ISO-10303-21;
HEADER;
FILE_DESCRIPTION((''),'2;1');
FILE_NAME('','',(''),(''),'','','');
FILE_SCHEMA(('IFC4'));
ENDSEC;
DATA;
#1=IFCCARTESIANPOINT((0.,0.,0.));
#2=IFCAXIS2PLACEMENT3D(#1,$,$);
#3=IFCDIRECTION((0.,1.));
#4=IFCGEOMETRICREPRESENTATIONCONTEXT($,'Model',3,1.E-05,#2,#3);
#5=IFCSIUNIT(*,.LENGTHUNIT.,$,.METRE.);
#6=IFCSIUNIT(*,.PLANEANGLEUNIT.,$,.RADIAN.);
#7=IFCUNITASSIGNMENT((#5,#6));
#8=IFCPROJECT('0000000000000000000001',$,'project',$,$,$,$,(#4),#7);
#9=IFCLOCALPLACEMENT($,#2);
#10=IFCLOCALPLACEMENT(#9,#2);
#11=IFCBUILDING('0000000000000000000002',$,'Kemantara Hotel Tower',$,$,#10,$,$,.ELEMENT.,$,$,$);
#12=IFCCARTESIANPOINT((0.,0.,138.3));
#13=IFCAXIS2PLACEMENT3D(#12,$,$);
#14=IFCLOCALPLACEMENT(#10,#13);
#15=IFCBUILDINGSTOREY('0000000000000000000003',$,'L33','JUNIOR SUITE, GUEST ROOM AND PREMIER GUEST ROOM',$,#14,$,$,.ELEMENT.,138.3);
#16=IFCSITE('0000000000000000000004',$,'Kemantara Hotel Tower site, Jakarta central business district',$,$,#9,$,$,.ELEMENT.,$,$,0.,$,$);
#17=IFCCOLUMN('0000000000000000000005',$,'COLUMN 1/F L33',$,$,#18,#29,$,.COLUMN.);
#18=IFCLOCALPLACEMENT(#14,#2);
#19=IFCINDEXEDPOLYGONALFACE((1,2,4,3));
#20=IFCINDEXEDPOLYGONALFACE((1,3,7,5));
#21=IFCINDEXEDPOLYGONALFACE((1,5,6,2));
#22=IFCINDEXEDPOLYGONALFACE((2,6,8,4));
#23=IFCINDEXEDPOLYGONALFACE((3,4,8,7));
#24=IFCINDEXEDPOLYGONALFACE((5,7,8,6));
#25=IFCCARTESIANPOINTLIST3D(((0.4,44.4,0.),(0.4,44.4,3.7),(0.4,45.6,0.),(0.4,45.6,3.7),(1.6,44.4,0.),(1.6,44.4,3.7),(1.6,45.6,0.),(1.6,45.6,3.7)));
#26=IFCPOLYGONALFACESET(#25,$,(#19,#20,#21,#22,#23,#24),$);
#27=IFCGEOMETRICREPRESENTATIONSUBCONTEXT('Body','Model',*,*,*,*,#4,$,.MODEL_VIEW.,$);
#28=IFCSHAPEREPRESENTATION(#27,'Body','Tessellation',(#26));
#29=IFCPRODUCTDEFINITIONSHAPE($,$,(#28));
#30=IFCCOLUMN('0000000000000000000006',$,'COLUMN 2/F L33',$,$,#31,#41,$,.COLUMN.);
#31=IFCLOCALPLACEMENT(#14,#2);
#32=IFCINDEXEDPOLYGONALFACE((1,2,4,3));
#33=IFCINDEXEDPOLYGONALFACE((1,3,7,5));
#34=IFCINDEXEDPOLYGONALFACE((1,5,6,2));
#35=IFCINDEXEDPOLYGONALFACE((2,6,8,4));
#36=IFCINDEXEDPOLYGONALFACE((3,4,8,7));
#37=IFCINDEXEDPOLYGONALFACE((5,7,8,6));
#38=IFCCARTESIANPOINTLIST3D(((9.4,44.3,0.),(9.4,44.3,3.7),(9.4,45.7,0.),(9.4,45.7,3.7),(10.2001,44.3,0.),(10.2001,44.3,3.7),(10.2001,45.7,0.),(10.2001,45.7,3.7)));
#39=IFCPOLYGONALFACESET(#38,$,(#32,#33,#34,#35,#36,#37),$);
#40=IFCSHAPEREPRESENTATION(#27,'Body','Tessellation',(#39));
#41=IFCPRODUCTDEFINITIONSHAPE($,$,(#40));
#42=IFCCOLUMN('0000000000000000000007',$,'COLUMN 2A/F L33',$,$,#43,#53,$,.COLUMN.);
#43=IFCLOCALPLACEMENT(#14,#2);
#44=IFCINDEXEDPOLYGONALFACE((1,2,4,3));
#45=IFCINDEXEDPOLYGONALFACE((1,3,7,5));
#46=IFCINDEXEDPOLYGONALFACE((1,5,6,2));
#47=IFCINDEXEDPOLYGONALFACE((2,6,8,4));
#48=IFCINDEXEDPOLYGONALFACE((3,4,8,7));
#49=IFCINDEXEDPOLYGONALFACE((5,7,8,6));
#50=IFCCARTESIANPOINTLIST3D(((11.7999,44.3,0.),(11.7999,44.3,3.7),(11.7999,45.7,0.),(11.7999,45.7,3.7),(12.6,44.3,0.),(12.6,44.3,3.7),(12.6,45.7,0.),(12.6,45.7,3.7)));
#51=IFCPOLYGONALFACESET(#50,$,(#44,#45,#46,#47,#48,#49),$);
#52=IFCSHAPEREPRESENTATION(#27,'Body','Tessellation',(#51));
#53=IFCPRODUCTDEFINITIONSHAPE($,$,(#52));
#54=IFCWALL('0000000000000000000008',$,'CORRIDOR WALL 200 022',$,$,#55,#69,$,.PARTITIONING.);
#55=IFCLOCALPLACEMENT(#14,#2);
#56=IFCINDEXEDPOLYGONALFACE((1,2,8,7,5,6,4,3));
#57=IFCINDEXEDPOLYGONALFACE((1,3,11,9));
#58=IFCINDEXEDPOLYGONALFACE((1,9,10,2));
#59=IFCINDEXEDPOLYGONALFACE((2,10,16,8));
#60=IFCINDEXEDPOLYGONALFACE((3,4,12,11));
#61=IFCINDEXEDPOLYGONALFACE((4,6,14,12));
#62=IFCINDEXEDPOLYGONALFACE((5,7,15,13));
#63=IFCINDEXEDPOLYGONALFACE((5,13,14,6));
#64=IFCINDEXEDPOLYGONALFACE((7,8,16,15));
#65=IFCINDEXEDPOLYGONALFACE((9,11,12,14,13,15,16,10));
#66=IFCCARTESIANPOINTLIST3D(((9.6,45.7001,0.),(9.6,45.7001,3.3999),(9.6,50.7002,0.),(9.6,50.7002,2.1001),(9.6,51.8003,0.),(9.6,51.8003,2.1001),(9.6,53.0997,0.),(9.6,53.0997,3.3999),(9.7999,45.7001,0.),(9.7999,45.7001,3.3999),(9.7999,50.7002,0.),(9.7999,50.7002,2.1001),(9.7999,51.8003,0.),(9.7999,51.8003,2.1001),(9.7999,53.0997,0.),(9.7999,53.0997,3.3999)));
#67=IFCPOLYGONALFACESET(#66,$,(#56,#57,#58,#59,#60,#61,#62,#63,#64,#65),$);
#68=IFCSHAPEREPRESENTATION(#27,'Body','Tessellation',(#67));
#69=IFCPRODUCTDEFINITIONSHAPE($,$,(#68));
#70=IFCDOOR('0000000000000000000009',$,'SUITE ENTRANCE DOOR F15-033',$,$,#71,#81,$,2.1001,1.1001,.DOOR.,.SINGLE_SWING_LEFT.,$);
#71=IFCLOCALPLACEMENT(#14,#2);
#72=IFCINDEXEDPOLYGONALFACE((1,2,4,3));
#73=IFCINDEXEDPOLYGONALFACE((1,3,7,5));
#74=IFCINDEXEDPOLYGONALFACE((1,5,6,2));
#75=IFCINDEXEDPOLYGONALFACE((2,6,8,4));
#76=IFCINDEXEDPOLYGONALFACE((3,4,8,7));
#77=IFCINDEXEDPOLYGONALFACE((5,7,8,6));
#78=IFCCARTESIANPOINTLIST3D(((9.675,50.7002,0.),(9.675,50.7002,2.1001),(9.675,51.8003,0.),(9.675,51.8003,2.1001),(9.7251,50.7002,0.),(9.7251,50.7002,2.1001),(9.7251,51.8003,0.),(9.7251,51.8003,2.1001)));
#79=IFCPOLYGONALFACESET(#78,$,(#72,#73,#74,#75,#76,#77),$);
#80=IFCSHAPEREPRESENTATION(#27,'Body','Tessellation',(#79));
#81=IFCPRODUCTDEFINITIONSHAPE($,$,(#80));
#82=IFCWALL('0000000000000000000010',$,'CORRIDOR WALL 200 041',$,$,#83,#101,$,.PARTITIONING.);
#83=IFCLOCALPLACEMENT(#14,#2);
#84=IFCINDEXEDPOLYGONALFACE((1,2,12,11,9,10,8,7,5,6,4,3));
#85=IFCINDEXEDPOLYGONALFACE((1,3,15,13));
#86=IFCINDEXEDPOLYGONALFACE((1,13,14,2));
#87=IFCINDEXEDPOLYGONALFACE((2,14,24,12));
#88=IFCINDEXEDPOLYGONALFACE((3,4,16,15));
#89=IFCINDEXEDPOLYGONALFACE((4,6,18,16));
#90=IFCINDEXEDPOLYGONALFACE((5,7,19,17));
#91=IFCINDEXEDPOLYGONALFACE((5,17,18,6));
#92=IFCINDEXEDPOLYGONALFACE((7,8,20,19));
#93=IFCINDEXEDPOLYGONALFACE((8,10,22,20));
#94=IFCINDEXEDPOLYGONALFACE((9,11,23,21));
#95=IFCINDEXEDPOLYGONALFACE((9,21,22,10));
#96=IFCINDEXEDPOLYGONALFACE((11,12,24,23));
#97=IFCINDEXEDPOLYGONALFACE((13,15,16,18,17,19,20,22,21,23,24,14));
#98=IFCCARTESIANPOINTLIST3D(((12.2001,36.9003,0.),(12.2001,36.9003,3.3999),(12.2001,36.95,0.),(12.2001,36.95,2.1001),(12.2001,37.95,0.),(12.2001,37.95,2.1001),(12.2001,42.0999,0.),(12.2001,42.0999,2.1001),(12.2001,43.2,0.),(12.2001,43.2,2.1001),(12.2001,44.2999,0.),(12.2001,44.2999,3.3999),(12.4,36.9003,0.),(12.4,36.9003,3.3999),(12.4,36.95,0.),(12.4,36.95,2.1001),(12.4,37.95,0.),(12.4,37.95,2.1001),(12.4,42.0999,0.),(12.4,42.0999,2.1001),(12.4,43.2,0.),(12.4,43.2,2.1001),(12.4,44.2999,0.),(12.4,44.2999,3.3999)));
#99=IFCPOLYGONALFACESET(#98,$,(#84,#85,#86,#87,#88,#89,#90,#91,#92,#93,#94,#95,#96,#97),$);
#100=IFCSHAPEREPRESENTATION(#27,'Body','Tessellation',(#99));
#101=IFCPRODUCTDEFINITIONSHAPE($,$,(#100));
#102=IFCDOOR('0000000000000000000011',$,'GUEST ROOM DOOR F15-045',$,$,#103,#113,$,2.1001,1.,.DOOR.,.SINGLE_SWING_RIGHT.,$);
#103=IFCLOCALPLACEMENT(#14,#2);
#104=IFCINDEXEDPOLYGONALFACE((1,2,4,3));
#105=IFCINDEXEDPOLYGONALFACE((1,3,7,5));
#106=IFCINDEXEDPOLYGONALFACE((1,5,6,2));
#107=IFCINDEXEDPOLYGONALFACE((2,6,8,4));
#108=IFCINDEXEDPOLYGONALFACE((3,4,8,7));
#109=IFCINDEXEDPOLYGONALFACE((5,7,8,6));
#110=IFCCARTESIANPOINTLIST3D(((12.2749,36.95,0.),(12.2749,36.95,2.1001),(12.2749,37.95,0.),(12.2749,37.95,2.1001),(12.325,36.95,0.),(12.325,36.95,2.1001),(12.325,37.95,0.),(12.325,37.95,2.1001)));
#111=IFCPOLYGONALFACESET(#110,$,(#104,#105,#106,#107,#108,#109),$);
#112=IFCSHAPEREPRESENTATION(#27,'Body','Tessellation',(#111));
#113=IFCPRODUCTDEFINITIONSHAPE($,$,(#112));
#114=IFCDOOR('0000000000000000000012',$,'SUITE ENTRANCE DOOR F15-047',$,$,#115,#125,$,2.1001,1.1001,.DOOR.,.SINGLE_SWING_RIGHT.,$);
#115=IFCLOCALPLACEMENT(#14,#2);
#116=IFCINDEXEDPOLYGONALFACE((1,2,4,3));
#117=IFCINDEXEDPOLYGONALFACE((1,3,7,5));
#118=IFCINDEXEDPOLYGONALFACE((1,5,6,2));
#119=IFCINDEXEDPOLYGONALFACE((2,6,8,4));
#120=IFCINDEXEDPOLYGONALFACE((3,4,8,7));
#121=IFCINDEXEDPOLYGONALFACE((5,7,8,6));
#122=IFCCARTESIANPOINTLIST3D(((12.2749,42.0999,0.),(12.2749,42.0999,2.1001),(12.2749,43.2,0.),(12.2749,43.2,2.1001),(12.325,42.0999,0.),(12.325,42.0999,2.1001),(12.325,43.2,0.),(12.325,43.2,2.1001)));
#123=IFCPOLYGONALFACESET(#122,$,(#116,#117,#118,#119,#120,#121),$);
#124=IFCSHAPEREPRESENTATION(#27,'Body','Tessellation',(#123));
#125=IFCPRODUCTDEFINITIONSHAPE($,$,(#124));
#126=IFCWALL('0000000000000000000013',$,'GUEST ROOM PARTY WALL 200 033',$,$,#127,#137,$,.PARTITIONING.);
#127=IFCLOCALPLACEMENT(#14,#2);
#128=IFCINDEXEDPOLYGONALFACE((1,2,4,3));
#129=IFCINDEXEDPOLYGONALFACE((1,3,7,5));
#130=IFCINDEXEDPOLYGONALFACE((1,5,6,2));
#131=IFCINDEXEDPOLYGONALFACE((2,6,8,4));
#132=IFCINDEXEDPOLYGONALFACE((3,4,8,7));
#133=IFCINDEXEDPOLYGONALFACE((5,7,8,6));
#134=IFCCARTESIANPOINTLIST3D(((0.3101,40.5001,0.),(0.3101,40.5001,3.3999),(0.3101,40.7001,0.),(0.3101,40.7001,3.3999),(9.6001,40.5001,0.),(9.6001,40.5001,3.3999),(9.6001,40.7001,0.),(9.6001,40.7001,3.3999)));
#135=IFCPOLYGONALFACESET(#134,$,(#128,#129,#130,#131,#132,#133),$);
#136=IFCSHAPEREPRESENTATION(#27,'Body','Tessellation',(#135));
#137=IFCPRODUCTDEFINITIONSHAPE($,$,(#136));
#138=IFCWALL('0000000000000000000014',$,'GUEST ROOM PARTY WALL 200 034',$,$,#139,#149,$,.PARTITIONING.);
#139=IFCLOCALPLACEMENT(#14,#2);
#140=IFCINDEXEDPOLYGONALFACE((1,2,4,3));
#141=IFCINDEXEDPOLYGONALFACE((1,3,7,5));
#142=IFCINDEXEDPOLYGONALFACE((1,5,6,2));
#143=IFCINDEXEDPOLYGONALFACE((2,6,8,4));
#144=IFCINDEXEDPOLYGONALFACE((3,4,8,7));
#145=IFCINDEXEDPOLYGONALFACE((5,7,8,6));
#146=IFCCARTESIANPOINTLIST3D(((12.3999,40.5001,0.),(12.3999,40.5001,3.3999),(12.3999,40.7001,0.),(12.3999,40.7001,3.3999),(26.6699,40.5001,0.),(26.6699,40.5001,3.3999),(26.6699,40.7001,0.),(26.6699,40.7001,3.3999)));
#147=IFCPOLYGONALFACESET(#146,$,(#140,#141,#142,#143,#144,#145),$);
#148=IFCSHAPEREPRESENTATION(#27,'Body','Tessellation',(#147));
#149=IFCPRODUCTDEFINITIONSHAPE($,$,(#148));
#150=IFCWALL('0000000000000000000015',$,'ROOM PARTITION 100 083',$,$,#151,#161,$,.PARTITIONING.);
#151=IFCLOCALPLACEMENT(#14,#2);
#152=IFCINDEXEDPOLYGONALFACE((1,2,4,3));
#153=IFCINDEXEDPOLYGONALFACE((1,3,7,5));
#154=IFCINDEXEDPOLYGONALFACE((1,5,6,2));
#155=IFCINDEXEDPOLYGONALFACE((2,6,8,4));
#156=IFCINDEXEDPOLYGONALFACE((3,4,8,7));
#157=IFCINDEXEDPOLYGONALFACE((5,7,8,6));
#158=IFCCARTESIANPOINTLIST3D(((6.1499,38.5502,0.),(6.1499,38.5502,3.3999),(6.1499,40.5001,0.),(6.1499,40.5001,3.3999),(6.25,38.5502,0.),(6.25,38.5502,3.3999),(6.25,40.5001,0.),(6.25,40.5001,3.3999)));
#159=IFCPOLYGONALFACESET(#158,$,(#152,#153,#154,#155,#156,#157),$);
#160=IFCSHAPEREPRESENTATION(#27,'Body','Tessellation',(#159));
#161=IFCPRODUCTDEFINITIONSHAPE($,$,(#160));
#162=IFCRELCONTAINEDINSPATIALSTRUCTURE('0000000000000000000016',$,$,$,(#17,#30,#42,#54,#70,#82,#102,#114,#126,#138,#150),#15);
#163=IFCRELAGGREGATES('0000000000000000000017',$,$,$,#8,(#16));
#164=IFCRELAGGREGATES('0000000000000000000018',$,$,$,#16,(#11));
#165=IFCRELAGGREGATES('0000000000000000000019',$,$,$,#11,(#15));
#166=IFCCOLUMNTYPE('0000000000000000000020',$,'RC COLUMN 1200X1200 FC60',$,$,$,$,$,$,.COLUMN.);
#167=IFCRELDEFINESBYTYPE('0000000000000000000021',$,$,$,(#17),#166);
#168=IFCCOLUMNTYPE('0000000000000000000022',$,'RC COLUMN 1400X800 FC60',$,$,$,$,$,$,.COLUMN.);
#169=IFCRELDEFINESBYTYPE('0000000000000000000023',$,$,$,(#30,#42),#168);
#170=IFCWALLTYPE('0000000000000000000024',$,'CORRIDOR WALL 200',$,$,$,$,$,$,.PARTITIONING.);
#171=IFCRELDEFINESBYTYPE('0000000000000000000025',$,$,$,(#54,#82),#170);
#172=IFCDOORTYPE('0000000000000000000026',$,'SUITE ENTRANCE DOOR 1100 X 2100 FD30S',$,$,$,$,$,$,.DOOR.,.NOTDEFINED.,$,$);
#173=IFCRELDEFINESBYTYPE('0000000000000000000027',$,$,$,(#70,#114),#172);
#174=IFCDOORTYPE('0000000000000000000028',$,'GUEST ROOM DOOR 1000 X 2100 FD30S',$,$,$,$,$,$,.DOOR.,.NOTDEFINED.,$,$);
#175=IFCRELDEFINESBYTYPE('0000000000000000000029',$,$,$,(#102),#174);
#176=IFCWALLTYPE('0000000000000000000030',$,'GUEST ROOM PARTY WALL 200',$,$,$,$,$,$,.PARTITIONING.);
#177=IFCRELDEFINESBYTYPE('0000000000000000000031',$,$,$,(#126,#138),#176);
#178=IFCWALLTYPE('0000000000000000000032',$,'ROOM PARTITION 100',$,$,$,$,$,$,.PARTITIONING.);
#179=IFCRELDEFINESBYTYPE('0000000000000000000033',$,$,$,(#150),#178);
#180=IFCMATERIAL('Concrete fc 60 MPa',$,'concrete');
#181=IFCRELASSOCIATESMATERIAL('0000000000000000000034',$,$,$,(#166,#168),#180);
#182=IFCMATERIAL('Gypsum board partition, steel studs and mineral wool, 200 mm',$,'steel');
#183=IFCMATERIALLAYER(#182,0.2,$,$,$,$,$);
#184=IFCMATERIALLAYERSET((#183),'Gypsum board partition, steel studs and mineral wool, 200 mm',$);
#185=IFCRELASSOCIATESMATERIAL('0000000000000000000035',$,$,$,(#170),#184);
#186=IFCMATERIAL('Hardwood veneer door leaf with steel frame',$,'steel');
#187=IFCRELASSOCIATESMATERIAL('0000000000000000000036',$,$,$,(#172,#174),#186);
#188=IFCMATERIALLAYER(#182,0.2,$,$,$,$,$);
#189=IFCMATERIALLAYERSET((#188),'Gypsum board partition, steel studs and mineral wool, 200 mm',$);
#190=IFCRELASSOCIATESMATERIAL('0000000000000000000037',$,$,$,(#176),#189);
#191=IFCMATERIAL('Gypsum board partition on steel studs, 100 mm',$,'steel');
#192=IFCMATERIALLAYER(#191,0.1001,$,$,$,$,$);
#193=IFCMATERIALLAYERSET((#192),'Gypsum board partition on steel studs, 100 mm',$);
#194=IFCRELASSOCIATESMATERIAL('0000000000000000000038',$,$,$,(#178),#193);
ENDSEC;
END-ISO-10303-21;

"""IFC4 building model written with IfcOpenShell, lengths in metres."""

from ifc_helpers import new_model, si_unit, direction, frame, frame_2d, origin, origin_2d, place, context, subcontext, project, spatial, rectangle, extrude, material, layer, layer_set, material_profile, profile_set, type_object, element, fill, save


model = new_model("IFC4")

# Units and contexts
model_context = context("Model", 3, precision=1e-05, world=origin(), true_north=direction((0.0, 1.0)))
body_context = subcontext(model_context, "Body", "Model", "MODEL_VIEW")
ifc_project = project(units=[si_unit("LENGTHUNIT", "METRE"), si_unit("PLANEANGLEUNIT", "RADIAN")], contexts=[model_context])

# Site, building, storey
site_placement = place(None, origin())
site = spatial("IfcSite", under=ifc_project, at=site_placement, Name="Kemantara Hotel Tower site, Jakarta central business district", CompositionType="ELEMENT", RefElevation=0.0)
building_placement = place(site_placement, origin())
building = spatial("IfcBuilding", under=site, at=building_placement, Name="Kemantara Hotel Tower", CompositionType="ELEMENT")
storey_placement = place(building_placement, frame((0.0, 0.0, 138.3)))
storey = spatial("IfcBuildingStorey", under=building, at=storey_placement, Name="L33", Description="JUNIOR SUITE, GUEST ROOM AND PREMIER GUEST ROOM", CompositionType="ELEMENT", Elevation=138.3)

# Columns
ifc_material_1 = material(Name="Concrete fc 60 MPa", Category="concrete")
ifc_material_profile_1 = material_profile(ifc_material_1, rectangle(XDim=1.2, YDim=1.2, at=origin_2d()), Name="RC 1200X1200")
ifc_profile_set_1 = profile_set([ifc_material_profile_1], Name="Concrete fc 60 MPa")
column_type_1 = type_object("IfcColumnType", Name="RC COLUMN 1200X1200 FC60", PredefinedType="COLUMN", material=ifc_profile_set_1)
column_placement = place(storey_placement, frame((1.0, 45.0, 0.0), z_axis=(0.0, 0.0, 1.0), x_axis=(1.0, 0.0, 0.0)))
element("IfcColumn", 1, at=column_placement, inside=storey, type_object=column_type_1, Name="COLUMN 1/F L33", PredefinedType="COLUMN", context=body_context, shape_type="SweptSolid", body=[
    extrude(rectangle(XDim=1.2, YDim=1.2, at=origin_2d()), origin(), (0.0, 0.0, 1.0), 3.7),
])
ifc_material_profile_2 = material_profile(ifc_material_1, rectangle(XDim=1.3999, YDim=0.8, at=origin_2d()), Name="RC 1400X800")
ifc_profile_set_2 = profile_set([ifc_material_profile_2], Name="Concrete fc 60 MPa")
column_type_2 = type_object("IfcColumnType", Name="RC COLUMN 1400X800 FC60", PredefinedType="COLUMN", material=ifc_profile_set_2)
for number, where, z_axis, x_axis, name in (
    (2, (9.8, 45.0, 0.0), (0.0, 0.0, 1.0), (0.0, 1.0, 0.0), "COLUMN 2/F L33"),
    (3, (12.2, 45.0, 0.0), (0.0, 0.0, 1.0), (0.0, 1.0, 0.0), "COLUMN 2A/F L33"),
):
    element("IfcColumn", number, at=place(storey_placement, frame(where, z_axis=z_axis, x_axis=x_axis)), inside=storey, type_object=column_type_2, Name=name, PredefinedType="COLUMN", context=body_context, shape_type="SweptSolid", body=[
        extrude(rectangle(XDim=1.3999, YDim=0.8, at=origin_2d()), origin(), (0.0, 0.0, 1.0), 3.7),
    ])

# Wall, opening, door
ifc_material_2 = material(Name="Gypsum board partition, steel studs and mineral wool, 200 mm", Category="steel")
ifc_layer_1 = layer(ifc_material_2, 0.2)
ifc_layer_set_1 = layer_set([ifc_layer_1], Name="Gypsum board partition, steel studs and mineral wool, 200 mm")
wall_type_1 = type_object("IfcWallType", Name="CORRIDOR WALL 200", PredefinedType="PARTITIONING", material=ifc_layer_set_1)
wall_1_placement = place(storey_placement, frame((9.7, 45.7002, 0.0), z_axis=(0.0, 0.0, 1.0), x_axis=(0.0, 1.0, 0.0)))
wall_1 = element("IfcWall", 4, at=wall_1_placement, inside=storey, type_object=wall_type_1, Name="CORRIDOR WALL 200 022", PredefinedType="PARTITIONING", context=body_context, shape_type="SweptSolid", body=[
    extrude(rectangle(XDim=7.3997, YDim=0.2, at=frame_2d((3.6997, 0.0))), origin(), (0.0, 0.0, 1.0), 3.3999),
])
opening_1_placement = place(wall_1_placement, frame((5.0, 0.0, 0.0)))
opening_1 = element("IfcOpeningElement", 5, at=opening_1_placement, cuts=wall_1, PredefinedType="OPENING", context=body_context, shape_type="SweptSolid", body=[
    extrude(rectangle(XDim=1.1001, YDim=2.1001, at=frame_2d((0.55, 1.05))), frame((0.0, 0.1099, 0.0), z_axis=(0.0, -1.0, 0.0), x_axis=(1.0, 0.0, 0.0)), (0.0, 0.0, 1.0), 0.22),
])
ifc_material_3 = material(Name="Hardwood veneer door leaf with steel frame", Category="steel")
door_type_1 = type_object("IfcDoorType", Name="SUITE ENTRANCE DOOR 1100 X 2100 FD30S", OperationType="NOTDEFINED", PredefinedType="DOOR", material=ifc_material_3)
door_1_placement = place(opening_1_placement, origin())
door_1 = element("IfcDoor", 6, at=door_1_placement, inside=storey, type_object=door_type_1, Name="SUITE ENTRANCE DOOR F15-033", OperationType="SINGLE_SWING_LEFT", OverallHeight=2.1001, OverallWidth=1.1001, PredefinedType="DOOR", context=body_context, shape_type="SweptSolid", body=[
    extrude(rectangle(XDim=1.1001, YDim=2.1001, at=frame_2d((0.55, 1.05))), frame((0.0, 0.0249, 0.0), z_axis=(0.0, -1.0, 0.0), x_axis=(1.0, 0.0, 0.0)), (0.0, 0.0, 1.0), 0.05),
])
fill(opening_1, door_1)

# Wall, openings, doors
wall_2_placement = place(storey_placement, frame((12.3, 44.2998, 0.0), z_axis=(0.0, 0.0, 1.0), x_axis=(0.0, -1.0, 0.0)))
wall_2 = element("IfcWall", 7, at=wall_2_placement, inside=storey, type_object=wall_type_1, Name="CORRIDOR WALL 200 041", PredefinedType="PARTITIONING", context=body_context, shape_type="SweptSolid", body=[
    extrude(rectangle(XDim=7.3997, YDim=0.2, at=frame_2d((3.6997, 0.0))), origin(), (0.0, 0.0, 1.0), 3.3999),
])
opening_2_placement = place(wall_2_placement, frame((6.3499, 0.0, 0.0)))
opening_2 = element("IfcOpeningElement", 8, at=opening_2_placement, cuts=wall_2, PredefinedType="OPENING", context=body_context, shape_type="SweptSolid", body=[
    extrude(rectangle(XDim=1.0, YDim=2.1001, at=frame_2d((0.5, 1.05))), frame((0.0, 0.1099, 0.0), z_axis=(0.0, -1.0, 0.0), x_axis=(1.0, 0.0, 0.0)), (0.0, 0.0, 1.0), 0.22),
])
opening_3_placement = place(wall_2_placement, frame((1.0999, 0.0, 0.0)))
opening_3 = element("IfcOpeningElement", 9, at=opening_3_placement, cuts=wall_2, PredefinedType="OPENING", context=body_context, shape_type="SweptSolid", body=[
    extrude(rectangle(XDim=1.1001, YDim=2.1001, at=frame_2d((0.55, 1.05))), frame((0.0, 0.1099, 0.0), z_axis=(0.0, -1.0, 0.0), x_axis=(1.0, 0.0, 0.0)), (0.0, 0.0, 1.0), 0.22),
])
door_type_2 = type_object("IfcDoorType", Name="GUEST ROOM DOOR 1000 X 2100 FD30S", OperationType="NOTDEFINED", PredefinedType="DOOR", material=ifc_material_3)
door_2_placement = place(opening_2_placement, origin())
door_2 = element("IfcDoor", 10, at=door_2_placement, inside=storey, type_object=door_type_2, Name="GUEST ROOM DOOR F15-045", OperationType="SINGLE_SWING_RIGHT", OverallHeight=2.1001, OverallWidth=1.0, PredefinedType="DOOR", context=body_context, shape_type="SweptSolid", body=[
    extrude(rectangle(XDim=1.0, YDim=2.1001, at=frame_2d((0.5, 1.05))), frame((0.0, 0.0249, 0.0), z_axis=(0.0, -1.0, 0.0), x_axis=(1.0, 0.0, 0.0)), (0.0, 0.0, 1.0), 0.05),
])
fill(opening_2, door_2)
door_3_placement = place(opening_3_placement, origin())
door_3 = element("IfcDoor", 11, at=door_3_placement, inside=storey, type_object=door_type_1, Name="SUITE ENTRANCE DOOR F15-047", OperationType="SINGLE_SWING_RIGHT", OverallHeight=2.1001, OverallWidth=1.1001, PredefinedType="DOOR", context=body_context, shape_type="SweptSolid", body=[
    extrude(rectangle(XDim=1.1001, YDim=2.1001, at=frame_2d((0.55, 1.05))), frame((0.0, 0.0249, 0.0), z_axis=(0.0, -1.0, 0.0), x_axis=(1.0, 0.0, 0.0)), (0.0, 0.0, 1.0), 0.05),
])
fill(opening_3, door_3)

# Walls
ifc_layer_2 = layer(ifc_material_2, 0.2)
ifc_layer_set_2 = layer_set([ifc_layer_2], Name="Gypsum board partition, steel studs and mineral wool, 200 mm")
wall_type_2 = type_object("IfcWallType", Name="GUEST ROOM PARTY WALL 200", PredefinedType="PARTITIONING", material=ifc_layer_set_2)
wall_3_placement = place(storey_placement, frame((0.3101, 40.6001, 0.0), z_axis=(0.0, 0.0, 1.0), x_axis=(1.0, 0.0, 0.0)))
element("IfcWall", 12, at=wall_3_placement, inside=storey, type_object=wall_type_2, Name="GUEST ROOM PARTY WALL 200 033", PredefinedType="PARTITIONING", context=body_context, shape_type="SweptSolid", body=[
    extrude(rectangle(XDim=9.29, YDim=0.2, at=frame_2d((4.645, 0.0))), origin(), (0.0, 0.0, 1.0), 3.3999),
])
wall_4_placement = place(storey_placement, frame((12.3999, 40.6001, 0.0), z_axis=(0.0, 0.0, 1.0), x_axis=(1.0, 0.0, 0.0)))
element("IfcWall", 13, at=wall_4_placement, inside=storey, type_object=wall_type_2, Name="GUEST ROOM PARTY WALL 200 034", PredefinedType="PARTITIONING", context=body_context, shape_type="SweptSolid", body=[
    extrude(rectangle(XDim=14.27, YDim=0.2, at=frame_2d((7.135, 0.0))), origin(), (0.0, 0.0, 1.0), 3.3999),
])
ifc_material_4 = material(Name="Gypsum board partition on steel studs, 100 mm", Category="steel")
ifc_layer_3 = layer(ifc_material_4, 0.1001)
ifc_layer_set_3 = layer_set([ifc_layer_3], Name="Gypsum board partition on steel studs, 100 mm")
wall_type_3 = type_object("IfcWallType", Name="ROOM PARTITION 100", PredefinedType="PARTITIONING", material=ifc_layer_set_3)
wall_5_placement = place(storey_placement, frame((6.2, 38.55, 0.0), z_axis=(0.0, 0.0, 1.0), x_axis=(0.0, 1.0, 0.0)))
element("IfcWall", 14, at=wall_5_placement, inside=storey, type_object=wall_type_3, Name="ROOM PARTITION 100 083", PredefinedType="PARTITIONING", context=body_context, shape_type="SweptSolid", body=[
    extrude(rectangle(XDim=1.95, YDim=0.1001, at=frame_2d((0.9751, 0.0))), origin(), (0.0, 0.0, 1.0), 3.3999),
])

save(model, "model.ifc")
